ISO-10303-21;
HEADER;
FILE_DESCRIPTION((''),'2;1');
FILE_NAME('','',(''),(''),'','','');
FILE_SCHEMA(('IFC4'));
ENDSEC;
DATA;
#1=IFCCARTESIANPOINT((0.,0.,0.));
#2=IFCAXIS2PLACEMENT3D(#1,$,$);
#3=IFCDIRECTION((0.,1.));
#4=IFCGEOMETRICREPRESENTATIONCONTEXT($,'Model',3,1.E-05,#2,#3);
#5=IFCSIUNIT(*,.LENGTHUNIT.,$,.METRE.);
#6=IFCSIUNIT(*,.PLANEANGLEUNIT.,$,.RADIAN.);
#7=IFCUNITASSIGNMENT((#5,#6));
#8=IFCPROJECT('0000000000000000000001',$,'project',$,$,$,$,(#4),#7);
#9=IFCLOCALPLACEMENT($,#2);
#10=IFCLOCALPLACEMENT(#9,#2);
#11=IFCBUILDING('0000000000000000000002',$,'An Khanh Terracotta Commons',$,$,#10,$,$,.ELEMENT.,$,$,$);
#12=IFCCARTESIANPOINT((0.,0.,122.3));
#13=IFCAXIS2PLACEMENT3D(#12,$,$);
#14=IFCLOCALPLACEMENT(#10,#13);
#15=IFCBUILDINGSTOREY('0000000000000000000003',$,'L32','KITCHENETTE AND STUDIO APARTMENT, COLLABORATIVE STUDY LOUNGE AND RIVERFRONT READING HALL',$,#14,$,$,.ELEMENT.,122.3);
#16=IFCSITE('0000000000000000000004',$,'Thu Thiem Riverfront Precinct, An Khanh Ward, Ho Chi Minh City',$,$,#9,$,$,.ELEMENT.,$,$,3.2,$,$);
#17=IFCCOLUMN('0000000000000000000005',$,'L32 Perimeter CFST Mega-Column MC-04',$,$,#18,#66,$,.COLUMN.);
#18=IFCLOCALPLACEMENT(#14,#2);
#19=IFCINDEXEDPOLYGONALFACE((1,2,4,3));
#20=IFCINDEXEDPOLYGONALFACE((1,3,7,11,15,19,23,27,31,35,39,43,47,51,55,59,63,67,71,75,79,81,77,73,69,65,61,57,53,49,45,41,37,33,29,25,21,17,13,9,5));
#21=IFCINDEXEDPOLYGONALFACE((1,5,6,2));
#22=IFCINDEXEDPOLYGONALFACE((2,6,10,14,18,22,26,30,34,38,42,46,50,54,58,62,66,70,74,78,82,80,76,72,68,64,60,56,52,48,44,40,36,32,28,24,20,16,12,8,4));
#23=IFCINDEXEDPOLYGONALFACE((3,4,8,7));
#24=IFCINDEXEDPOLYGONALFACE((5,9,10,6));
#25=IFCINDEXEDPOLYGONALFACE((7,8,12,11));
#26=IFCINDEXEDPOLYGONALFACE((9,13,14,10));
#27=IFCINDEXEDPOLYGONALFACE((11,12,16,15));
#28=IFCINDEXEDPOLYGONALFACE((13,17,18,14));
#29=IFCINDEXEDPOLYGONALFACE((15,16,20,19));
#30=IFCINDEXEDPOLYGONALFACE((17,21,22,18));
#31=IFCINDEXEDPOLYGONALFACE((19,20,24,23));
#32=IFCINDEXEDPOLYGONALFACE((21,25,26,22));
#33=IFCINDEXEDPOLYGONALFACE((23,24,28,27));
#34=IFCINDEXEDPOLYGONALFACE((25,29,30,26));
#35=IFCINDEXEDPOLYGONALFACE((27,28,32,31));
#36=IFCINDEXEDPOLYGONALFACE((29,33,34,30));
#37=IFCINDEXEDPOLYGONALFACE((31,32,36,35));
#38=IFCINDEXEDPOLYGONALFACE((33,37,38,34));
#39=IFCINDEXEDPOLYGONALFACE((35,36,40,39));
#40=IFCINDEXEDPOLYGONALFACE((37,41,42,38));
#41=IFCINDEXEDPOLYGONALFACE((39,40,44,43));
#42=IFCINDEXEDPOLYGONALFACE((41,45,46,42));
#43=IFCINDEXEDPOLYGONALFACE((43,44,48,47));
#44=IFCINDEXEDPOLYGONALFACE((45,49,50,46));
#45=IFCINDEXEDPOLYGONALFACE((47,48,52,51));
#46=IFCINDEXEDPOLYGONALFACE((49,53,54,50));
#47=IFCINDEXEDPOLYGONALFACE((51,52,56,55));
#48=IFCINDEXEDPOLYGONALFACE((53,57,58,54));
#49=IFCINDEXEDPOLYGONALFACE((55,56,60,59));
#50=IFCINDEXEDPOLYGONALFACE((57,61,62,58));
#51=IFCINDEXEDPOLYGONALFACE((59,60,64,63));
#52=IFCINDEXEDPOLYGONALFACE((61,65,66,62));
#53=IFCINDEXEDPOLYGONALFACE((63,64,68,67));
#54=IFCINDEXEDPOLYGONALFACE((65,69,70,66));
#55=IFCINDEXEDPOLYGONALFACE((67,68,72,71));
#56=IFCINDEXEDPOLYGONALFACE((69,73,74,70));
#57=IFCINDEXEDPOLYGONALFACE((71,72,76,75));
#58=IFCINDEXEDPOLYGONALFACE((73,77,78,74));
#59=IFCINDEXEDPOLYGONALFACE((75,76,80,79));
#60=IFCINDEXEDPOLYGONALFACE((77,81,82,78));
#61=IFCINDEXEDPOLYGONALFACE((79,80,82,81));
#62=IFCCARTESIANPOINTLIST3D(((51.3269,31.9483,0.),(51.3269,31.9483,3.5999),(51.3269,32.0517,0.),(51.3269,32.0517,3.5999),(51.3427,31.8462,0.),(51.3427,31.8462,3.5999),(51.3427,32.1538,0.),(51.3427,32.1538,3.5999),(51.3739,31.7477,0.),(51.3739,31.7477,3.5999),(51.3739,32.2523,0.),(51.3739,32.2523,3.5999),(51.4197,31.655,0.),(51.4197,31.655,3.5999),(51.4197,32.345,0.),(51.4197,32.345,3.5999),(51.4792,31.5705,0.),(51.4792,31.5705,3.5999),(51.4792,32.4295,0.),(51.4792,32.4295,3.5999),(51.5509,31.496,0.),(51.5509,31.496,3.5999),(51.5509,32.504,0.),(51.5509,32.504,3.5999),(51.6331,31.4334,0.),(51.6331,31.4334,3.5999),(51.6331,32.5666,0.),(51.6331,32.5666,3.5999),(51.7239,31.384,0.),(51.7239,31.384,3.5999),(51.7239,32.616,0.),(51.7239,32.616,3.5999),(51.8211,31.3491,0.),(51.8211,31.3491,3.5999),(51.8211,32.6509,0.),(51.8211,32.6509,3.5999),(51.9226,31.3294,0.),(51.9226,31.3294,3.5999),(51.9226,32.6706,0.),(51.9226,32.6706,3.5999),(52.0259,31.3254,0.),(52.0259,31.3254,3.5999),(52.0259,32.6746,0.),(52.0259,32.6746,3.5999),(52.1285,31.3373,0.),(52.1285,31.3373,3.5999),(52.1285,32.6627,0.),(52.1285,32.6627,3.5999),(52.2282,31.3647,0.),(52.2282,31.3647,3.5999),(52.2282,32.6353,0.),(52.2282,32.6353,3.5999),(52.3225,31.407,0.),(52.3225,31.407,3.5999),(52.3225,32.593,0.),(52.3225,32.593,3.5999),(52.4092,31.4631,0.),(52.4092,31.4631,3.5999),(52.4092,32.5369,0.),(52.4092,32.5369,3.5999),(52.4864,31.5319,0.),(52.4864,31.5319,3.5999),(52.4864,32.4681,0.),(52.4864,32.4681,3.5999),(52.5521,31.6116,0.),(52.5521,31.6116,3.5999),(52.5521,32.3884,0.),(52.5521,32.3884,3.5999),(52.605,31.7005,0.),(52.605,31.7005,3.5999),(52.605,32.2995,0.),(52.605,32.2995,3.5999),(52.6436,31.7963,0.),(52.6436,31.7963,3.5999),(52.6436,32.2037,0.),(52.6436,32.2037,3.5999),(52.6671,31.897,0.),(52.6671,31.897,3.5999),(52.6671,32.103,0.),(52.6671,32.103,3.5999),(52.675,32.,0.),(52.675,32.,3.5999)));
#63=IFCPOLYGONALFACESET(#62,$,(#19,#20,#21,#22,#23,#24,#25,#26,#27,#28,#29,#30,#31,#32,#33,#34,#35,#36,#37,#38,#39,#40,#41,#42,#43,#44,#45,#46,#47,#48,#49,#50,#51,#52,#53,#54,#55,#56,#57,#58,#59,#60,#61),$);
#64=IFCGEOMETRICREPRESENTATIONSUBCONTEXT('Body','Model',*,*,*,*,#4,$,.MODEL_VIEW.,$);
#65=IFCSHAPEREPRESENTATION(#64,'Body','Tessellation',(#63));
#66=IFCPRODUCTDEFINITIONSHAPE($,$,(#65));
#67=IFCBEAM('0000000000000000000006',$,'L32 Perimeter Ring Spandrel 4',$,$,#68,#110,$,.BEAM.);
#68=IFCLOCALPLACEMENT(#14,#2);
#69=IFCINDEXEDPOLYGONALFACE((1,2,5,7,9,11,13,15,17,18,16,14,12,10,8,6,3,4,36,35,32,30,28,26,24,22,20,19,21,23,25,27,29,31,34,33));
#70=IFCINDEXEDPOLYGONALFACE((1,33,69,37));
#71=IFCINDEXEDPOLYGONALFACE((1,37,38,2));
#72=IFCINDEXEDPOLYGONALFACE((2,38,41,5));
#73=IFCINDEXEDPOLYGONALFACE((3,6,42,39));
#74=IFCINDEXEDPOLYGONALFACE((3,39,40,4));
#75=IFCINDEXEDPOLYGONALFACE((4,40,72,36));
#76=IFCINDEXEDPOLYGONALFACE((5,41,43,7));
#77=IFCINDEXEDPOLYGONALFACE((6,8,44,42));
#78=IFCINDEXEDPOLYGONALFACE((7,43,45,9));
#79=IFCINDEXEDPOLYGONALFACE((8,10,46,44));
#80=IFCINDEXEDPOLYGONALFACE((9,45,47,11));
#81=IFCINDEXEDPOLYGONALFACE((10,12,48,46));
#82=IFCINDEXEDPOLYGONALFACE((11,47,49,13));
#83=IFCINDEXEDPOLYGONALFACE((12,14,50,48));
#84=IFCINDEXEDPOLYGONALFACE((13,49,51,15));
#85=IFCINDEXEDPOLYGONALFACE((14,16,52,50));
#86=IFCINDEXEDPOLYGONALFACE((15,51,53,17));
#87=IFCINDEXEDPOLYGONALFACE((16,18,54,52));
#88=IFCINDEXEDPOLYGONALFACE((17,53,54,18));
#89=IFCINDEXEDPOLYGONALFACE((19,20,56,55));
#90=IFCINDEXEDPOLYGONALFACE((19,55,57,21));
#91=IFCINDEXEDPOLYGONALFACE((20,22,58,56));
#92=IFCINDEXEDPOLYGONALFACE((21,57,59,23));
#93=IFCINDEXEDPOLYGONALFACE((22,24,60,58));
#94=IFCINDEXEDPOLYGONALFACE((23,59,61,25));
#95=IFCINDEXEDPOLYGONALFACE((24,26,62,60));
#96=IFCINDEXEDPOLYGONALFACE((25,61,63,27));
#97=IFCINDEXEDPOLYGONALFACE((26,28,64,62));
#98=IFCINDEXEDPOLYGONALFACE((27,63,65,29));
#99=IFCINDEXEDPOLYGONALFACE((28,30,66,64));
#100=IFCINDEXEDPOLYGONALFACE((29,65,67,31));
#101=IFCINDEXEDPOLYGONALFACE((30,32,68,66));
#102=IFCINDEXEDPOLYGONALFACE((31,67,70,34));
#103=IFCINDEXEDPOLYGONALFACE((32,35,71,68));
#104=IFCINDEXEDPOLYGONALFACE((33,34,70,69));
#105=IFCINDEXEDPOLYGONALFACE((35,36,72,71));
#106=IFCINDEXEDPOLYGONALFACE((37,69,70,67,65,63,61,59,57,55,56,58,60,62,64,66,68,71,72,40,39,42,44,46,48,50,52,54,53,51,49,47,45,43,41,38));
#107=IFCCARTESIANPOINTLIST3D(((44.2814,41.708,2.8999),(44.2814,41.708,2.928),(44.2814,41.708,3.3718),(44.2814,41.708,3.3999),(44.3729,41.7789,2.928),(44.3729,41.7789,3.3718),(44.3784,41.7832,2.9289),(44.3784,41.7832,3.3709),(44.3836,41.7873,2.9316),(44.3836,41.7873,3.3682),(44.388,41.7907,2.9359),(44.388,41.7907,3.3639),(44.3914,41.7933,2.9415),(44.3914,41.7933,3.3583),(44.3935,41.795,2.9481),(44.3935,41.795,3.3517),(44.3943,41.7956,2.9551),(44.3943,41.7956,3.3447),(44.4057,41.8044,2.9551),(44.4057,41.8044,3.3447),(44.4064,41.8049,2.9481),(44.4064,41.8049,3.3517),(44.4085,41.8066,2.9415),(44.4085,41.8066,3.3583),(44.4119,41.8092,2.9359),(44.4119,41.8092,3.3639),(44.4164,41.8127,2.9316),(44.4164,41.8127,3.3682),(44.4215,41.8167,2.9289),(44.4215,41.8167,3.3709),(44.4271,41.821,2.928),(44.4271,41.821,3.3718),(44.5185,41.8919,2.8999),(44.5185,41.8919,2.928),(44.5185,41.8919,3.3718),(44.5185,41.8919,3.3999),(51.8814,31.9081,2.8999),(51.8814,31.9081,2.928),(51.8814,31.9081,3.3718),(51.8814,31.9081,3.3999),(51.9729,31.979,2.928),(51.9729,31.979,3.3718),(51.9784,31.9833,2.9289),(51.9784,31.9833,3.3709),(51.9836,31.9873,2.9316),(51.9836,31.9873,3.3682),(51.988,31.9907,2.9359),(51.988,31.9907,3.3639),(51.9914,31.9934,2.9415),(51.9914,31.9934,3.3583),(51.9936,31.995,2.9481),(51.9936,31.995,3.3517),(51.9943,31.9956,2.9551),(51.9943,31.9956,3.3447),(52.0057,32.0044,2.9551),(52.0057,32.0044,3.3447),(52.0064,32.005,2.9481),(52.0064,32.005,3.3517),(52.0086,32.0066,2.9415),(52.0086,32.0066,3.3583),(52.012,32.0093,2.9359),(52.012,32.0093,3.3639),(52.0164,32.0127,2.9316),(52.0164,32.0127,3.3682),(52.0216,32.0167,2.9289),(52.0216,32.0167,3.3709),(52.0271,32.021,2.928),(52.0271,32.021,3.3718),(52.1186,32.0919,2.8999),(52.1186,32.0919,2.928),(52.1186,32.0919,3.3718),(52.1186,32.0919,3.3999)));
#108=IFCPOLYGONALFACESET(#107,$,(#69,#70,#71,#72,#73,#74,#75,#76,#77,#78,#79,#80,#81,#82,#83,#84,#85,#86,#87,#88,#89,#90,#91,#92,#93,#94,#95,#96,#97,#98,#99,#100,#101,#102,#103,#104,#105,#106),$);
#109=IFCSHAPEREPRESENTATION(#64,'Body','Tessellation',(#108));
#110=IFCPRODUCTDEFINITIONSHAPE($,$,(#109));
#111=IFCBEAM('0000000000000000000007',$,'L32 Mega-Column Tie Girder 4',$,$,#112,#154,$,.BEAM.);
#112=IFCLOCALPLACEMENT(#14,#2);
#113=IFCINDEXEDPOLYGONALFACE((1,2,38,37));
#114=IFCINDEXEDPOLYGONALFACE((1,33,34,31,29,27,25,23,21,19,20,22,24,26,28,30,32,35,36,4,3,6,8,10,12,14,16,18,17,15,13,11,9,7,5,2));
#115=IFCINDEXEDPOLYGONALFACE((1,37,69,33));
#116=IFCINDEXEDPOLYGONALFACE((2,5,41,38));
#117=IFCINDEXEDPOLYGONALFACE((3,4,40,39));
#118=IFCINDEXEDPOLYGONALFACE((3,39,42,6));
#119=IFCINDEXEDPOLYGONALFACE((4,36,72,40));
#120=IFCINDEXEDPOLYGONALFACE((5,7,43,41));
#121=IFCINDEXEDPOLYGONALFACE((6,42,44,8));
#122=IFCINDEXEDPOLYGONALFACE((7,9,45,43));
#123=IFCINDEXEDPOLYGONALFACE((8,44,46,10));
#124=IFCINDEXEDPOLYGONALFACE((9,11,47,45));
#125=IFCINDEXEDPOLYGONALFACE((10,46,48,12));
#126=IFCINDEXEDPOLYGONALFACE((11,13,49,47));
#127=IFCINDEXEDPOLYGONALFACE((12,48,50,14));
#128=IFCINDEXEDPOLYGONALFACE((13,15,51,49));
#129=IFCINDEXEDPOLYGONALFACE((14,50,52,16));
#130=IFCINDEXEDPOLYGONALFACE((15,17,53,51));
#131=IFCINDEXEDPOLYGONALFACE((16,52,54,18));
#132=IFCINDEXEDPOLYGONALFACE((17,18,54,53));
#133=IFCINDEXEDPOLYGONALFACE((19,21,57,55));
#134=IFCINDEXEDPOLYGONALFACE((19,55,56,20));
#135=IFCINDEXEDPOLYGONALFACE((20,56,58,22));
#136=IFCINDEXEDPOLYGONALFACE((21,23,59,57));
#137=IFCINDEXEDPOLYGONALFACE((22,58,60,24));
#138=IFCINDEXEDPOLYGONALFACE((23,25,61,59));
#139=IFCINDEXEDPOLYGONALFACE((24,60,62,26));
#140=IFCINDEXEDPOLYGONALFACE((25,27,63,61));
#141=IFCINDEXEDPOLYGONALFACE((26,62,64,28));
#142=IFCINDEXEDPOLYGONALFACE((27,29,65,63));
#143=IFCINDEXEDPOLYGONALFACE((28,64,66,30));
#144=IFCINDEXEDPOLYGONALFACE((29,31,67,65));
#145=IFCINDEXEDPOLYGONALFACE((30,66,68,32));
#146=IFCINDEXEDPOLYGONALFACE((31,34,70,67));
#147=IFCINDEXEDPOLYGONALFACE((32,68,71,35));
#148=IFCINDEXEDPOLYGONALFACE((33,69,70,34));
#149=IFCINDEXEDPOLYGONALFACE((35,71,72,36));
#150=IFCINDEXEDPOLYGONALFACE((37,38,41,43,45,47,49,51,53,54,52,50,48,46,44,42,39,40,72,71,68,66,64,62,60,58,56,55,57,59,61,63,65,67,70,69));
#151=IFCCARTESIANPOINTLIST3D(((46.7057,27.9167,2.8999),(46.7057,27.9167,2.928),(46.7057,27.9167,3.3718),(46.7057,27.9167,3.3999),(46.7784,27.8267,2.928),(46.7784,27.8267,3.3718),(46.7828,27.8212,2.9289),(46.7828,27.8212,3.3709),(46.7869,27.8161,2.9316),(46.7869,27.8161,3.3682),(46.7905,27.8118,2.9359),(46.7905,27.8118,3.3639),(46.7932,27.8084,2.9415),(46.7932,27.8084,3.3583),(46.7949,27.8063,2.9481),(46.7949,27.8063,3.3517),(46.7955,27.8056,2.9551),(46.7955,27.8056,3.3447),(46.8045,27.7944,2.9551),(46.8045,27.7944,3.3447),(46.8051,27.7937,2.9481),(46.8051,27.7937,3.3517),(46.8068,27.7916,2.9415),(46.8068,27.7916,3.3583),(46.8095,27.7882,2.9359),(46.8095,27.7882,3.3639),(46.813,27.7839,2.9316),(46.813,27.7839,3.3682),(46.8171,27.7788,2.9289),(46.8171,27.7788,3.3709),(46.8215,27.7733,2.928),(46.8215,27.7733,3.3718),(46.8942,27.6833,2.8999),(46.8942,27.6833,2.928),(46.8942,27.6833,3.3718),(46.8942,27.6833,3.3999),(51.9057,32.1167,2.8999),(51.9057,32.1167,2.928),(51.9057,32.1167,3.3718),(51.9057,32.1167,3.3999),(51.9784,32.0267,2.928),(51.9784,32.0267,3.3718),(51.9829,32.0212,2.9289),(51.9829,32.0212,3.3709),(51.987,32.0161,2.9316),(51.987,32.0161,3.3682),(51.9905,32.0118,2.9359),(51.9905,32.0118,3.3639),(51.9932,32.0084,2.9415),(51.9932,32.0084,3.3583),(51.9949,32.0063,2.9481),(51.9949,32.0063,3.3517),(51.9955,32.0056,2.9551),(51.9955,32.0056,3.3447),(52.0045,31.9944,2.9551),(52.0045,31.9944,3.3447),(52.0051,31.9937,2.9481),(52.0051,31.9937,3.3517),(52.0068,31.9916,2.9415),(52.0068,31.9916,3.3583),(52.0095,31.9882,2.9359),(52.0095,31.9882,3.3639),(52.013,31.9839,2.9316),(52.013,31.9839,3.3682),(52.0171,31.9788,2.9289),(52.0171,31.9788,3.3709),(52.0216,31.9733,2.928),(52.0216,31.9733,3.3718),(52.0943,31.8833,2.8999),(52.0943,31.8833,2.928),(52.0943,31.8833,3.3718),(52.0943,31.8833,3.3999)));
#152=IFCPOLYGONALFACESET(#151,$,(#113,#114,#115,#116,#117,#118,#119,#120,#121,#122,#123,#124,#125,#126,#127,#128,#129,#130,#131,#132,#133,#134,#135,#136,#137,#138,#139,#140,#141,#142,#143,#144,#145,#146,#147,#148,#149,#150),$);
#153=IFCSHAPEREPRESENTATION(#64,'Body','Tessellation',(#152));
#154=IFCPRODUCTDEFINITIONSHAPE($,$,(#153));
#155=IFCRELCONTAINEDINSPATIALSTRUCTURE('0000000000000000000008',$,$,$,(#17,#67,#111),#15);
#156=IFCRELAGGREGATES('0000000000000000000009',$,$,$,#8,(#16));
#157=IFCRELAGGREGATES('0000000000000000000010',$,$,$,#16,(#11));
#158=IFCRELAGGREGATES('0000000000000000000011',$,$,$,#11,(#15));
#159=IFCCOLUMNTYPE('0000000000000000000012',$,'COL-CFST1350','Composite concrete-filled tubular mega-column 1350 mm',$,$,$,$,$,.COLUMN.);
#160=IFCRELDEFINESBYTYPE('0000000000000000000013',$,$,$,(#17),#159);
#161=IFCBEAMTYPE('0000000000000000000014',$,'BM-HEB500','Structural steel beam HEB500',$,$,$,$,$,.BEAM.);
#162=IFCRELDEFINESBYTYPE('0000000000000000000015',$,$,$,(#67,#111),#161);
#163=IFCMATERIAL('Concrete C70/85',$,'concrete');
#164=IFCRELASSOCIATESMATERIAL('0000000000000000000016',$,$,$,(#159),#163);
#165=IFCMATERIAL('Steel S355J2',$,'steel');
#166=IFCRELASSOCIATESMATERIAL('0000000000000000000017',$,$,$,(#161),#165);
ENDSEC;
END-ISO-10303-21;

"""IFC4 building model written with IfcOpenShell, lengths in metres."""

from ifc_helpers import new_model, si_unit, direction, frame, origin, origin_2d, place, context, subcontext, project, spatial, circle, i_section, extrude, material, material_profile, profile_set, type_object, element, save


model = new_model("IFC4")

# Units and contexts
model_context = context("Model", 3, precision=1e-05, world=origin(), true_north=direction((0.0, 1.0)))
body_context = subcontext(model_context, "Body", "Model", "MODEL_VIEW")
ifc_project = project(units=[si_unit("LENGTHUNIT", "METRE"), si_unit("PLANEANGLEUNIT", "RADIAN")], contexts=[model_context])

# Site, building, storey
site_placement = place(None, origin())
site = spatial("IfcSite", under=ifc_project, at=site_placement, Name="Thu Thiem Riverfront Precinct, An Khanh Ward, Ho Chi Minh City", CompositionType="ELEMENT", RefElevation=3.2)
building_placement = place(site_placement, origin())
building = spatial("IfcBuilding", under=site, at=building_placement, Name="An Khanh Terracotta Commons", CompositionType="ELEMENT")
storey_placement = place(building_placement, frame((0.0, 0.0, 122.3)))
storey = spatial("IfcBuildingStorey", under=building, at=storey_placement, Name="L32", Description="KITCHENETTE AND STUDIO APARTMENT, COLLABORATIVE STUDY LOUNGE AND RIVERFRONT READING HALL", CompositionType="ELEMENT", Elevation=122.3)

# Column
ifc_material_1 = material(Name="Concrete C70/85", Category="concrete")
ifc_material_profile_1 = material_profile(ifc_material_1, circle(Radius=0.675, at=origin_2d()), Name="CFST1350")
ifc_profile_set_1 = profile_set([ifc_material_profile_1], Name="Concrete C70/85")
column_type = type_object("IfcColumnType", Name="COL-CFST1350", Description="Composite concrete-filled tubular mega-column 1350 mm", PredefinedType="COLUMN", material=ifc_profile_set_1)
column_placement = place(storey_placement, frame((52.0, 32.0, 0.0), z_axis=(0.0, 0.0, 1.0), x_axis=(1.0, 0.0, 0.0)))
element("IfcColumn", 1, at=column_placement, inside=storey, type_object=column_type, Name="L32 Perimeter CFST Mega-Column MC-04", PredefinedType="COLUMN", context=body_context, shape_type="SweptSolid", body=[
    extrude(circle(Radius=0.675, at=origin_2d()), origin(), (0.0, 0.0, 1.0), 3.5999),
])

# Beams
ifc_material_2 = material(Name="Steel S355J2", Category="steel")
ifc_material_profile_2 = material_profile(ifc_material_2, i_section(OverallWidth=0.3, OverallDepth=0.5, WebThickness=0.0144, FlangeThickness=0.0281, FilletRadius=0.0271, at=origin_2d()), Name="HEB500")
ifc_profile_set_2 = profile_set([ifc_material_profile_2], Name="Steel S355J2")
beam_type = type_object("IfcBeamType", Name="BM-HEB500", Description="Structural steel beam HEB500", PredefinedType="BEAM", material=ifc_profile_set_2)
beam_1_placement = place(storey_placement, frame((52.0, 32.0, 3.1499), z_axis=(-0.612827, 0.790217, 0.0), x_axis=(-0.790217, -0.612827, 0.0)))
element("IfcBeam", 2, at=beam_1_placement, inside=storey, type_object=beam_type, Name="L32 Perimeter Ring Spandrel 4", PredefinedType="BEAM", context=body_context, shape_type="SweptSolid", body=[
    extrude(i_section(OverallWidth=0.3, OverallDepth=0.5, WebThickness=0.0144, FlangeThickness=0.0281, FilletRadius=0.0271, at=origin_2d()), origin(), (0.0, 0.0, 1.0), 12.4016),
])
beam_2_placement = place(storey_placement, frame((52.0, 32.0, 3.1499), z_axis=(-0.777942, -0.628336, 0.0), x_axis=(0.628336, -0.777942, 0.0)))
element("IfcBeam", 3, at=beam_2_placement, inside=storey, type_object=beam_type, Name="L32 Mega-Column Tie Girder 4", PredefinedType="BEAM", context=body_context, shape_type="SweptSolid", body=[
    extrude(i_section(OverallWidth=0.3, OverallDepth=0.5, WebThickness=0.0144, FlangeThickness=0.0281, FilletRadius=0.0271, at=origin_2d()), origin(), (0.0, 0.0, 1.0), 6.6843),
])

save(model, "model.ifc")
